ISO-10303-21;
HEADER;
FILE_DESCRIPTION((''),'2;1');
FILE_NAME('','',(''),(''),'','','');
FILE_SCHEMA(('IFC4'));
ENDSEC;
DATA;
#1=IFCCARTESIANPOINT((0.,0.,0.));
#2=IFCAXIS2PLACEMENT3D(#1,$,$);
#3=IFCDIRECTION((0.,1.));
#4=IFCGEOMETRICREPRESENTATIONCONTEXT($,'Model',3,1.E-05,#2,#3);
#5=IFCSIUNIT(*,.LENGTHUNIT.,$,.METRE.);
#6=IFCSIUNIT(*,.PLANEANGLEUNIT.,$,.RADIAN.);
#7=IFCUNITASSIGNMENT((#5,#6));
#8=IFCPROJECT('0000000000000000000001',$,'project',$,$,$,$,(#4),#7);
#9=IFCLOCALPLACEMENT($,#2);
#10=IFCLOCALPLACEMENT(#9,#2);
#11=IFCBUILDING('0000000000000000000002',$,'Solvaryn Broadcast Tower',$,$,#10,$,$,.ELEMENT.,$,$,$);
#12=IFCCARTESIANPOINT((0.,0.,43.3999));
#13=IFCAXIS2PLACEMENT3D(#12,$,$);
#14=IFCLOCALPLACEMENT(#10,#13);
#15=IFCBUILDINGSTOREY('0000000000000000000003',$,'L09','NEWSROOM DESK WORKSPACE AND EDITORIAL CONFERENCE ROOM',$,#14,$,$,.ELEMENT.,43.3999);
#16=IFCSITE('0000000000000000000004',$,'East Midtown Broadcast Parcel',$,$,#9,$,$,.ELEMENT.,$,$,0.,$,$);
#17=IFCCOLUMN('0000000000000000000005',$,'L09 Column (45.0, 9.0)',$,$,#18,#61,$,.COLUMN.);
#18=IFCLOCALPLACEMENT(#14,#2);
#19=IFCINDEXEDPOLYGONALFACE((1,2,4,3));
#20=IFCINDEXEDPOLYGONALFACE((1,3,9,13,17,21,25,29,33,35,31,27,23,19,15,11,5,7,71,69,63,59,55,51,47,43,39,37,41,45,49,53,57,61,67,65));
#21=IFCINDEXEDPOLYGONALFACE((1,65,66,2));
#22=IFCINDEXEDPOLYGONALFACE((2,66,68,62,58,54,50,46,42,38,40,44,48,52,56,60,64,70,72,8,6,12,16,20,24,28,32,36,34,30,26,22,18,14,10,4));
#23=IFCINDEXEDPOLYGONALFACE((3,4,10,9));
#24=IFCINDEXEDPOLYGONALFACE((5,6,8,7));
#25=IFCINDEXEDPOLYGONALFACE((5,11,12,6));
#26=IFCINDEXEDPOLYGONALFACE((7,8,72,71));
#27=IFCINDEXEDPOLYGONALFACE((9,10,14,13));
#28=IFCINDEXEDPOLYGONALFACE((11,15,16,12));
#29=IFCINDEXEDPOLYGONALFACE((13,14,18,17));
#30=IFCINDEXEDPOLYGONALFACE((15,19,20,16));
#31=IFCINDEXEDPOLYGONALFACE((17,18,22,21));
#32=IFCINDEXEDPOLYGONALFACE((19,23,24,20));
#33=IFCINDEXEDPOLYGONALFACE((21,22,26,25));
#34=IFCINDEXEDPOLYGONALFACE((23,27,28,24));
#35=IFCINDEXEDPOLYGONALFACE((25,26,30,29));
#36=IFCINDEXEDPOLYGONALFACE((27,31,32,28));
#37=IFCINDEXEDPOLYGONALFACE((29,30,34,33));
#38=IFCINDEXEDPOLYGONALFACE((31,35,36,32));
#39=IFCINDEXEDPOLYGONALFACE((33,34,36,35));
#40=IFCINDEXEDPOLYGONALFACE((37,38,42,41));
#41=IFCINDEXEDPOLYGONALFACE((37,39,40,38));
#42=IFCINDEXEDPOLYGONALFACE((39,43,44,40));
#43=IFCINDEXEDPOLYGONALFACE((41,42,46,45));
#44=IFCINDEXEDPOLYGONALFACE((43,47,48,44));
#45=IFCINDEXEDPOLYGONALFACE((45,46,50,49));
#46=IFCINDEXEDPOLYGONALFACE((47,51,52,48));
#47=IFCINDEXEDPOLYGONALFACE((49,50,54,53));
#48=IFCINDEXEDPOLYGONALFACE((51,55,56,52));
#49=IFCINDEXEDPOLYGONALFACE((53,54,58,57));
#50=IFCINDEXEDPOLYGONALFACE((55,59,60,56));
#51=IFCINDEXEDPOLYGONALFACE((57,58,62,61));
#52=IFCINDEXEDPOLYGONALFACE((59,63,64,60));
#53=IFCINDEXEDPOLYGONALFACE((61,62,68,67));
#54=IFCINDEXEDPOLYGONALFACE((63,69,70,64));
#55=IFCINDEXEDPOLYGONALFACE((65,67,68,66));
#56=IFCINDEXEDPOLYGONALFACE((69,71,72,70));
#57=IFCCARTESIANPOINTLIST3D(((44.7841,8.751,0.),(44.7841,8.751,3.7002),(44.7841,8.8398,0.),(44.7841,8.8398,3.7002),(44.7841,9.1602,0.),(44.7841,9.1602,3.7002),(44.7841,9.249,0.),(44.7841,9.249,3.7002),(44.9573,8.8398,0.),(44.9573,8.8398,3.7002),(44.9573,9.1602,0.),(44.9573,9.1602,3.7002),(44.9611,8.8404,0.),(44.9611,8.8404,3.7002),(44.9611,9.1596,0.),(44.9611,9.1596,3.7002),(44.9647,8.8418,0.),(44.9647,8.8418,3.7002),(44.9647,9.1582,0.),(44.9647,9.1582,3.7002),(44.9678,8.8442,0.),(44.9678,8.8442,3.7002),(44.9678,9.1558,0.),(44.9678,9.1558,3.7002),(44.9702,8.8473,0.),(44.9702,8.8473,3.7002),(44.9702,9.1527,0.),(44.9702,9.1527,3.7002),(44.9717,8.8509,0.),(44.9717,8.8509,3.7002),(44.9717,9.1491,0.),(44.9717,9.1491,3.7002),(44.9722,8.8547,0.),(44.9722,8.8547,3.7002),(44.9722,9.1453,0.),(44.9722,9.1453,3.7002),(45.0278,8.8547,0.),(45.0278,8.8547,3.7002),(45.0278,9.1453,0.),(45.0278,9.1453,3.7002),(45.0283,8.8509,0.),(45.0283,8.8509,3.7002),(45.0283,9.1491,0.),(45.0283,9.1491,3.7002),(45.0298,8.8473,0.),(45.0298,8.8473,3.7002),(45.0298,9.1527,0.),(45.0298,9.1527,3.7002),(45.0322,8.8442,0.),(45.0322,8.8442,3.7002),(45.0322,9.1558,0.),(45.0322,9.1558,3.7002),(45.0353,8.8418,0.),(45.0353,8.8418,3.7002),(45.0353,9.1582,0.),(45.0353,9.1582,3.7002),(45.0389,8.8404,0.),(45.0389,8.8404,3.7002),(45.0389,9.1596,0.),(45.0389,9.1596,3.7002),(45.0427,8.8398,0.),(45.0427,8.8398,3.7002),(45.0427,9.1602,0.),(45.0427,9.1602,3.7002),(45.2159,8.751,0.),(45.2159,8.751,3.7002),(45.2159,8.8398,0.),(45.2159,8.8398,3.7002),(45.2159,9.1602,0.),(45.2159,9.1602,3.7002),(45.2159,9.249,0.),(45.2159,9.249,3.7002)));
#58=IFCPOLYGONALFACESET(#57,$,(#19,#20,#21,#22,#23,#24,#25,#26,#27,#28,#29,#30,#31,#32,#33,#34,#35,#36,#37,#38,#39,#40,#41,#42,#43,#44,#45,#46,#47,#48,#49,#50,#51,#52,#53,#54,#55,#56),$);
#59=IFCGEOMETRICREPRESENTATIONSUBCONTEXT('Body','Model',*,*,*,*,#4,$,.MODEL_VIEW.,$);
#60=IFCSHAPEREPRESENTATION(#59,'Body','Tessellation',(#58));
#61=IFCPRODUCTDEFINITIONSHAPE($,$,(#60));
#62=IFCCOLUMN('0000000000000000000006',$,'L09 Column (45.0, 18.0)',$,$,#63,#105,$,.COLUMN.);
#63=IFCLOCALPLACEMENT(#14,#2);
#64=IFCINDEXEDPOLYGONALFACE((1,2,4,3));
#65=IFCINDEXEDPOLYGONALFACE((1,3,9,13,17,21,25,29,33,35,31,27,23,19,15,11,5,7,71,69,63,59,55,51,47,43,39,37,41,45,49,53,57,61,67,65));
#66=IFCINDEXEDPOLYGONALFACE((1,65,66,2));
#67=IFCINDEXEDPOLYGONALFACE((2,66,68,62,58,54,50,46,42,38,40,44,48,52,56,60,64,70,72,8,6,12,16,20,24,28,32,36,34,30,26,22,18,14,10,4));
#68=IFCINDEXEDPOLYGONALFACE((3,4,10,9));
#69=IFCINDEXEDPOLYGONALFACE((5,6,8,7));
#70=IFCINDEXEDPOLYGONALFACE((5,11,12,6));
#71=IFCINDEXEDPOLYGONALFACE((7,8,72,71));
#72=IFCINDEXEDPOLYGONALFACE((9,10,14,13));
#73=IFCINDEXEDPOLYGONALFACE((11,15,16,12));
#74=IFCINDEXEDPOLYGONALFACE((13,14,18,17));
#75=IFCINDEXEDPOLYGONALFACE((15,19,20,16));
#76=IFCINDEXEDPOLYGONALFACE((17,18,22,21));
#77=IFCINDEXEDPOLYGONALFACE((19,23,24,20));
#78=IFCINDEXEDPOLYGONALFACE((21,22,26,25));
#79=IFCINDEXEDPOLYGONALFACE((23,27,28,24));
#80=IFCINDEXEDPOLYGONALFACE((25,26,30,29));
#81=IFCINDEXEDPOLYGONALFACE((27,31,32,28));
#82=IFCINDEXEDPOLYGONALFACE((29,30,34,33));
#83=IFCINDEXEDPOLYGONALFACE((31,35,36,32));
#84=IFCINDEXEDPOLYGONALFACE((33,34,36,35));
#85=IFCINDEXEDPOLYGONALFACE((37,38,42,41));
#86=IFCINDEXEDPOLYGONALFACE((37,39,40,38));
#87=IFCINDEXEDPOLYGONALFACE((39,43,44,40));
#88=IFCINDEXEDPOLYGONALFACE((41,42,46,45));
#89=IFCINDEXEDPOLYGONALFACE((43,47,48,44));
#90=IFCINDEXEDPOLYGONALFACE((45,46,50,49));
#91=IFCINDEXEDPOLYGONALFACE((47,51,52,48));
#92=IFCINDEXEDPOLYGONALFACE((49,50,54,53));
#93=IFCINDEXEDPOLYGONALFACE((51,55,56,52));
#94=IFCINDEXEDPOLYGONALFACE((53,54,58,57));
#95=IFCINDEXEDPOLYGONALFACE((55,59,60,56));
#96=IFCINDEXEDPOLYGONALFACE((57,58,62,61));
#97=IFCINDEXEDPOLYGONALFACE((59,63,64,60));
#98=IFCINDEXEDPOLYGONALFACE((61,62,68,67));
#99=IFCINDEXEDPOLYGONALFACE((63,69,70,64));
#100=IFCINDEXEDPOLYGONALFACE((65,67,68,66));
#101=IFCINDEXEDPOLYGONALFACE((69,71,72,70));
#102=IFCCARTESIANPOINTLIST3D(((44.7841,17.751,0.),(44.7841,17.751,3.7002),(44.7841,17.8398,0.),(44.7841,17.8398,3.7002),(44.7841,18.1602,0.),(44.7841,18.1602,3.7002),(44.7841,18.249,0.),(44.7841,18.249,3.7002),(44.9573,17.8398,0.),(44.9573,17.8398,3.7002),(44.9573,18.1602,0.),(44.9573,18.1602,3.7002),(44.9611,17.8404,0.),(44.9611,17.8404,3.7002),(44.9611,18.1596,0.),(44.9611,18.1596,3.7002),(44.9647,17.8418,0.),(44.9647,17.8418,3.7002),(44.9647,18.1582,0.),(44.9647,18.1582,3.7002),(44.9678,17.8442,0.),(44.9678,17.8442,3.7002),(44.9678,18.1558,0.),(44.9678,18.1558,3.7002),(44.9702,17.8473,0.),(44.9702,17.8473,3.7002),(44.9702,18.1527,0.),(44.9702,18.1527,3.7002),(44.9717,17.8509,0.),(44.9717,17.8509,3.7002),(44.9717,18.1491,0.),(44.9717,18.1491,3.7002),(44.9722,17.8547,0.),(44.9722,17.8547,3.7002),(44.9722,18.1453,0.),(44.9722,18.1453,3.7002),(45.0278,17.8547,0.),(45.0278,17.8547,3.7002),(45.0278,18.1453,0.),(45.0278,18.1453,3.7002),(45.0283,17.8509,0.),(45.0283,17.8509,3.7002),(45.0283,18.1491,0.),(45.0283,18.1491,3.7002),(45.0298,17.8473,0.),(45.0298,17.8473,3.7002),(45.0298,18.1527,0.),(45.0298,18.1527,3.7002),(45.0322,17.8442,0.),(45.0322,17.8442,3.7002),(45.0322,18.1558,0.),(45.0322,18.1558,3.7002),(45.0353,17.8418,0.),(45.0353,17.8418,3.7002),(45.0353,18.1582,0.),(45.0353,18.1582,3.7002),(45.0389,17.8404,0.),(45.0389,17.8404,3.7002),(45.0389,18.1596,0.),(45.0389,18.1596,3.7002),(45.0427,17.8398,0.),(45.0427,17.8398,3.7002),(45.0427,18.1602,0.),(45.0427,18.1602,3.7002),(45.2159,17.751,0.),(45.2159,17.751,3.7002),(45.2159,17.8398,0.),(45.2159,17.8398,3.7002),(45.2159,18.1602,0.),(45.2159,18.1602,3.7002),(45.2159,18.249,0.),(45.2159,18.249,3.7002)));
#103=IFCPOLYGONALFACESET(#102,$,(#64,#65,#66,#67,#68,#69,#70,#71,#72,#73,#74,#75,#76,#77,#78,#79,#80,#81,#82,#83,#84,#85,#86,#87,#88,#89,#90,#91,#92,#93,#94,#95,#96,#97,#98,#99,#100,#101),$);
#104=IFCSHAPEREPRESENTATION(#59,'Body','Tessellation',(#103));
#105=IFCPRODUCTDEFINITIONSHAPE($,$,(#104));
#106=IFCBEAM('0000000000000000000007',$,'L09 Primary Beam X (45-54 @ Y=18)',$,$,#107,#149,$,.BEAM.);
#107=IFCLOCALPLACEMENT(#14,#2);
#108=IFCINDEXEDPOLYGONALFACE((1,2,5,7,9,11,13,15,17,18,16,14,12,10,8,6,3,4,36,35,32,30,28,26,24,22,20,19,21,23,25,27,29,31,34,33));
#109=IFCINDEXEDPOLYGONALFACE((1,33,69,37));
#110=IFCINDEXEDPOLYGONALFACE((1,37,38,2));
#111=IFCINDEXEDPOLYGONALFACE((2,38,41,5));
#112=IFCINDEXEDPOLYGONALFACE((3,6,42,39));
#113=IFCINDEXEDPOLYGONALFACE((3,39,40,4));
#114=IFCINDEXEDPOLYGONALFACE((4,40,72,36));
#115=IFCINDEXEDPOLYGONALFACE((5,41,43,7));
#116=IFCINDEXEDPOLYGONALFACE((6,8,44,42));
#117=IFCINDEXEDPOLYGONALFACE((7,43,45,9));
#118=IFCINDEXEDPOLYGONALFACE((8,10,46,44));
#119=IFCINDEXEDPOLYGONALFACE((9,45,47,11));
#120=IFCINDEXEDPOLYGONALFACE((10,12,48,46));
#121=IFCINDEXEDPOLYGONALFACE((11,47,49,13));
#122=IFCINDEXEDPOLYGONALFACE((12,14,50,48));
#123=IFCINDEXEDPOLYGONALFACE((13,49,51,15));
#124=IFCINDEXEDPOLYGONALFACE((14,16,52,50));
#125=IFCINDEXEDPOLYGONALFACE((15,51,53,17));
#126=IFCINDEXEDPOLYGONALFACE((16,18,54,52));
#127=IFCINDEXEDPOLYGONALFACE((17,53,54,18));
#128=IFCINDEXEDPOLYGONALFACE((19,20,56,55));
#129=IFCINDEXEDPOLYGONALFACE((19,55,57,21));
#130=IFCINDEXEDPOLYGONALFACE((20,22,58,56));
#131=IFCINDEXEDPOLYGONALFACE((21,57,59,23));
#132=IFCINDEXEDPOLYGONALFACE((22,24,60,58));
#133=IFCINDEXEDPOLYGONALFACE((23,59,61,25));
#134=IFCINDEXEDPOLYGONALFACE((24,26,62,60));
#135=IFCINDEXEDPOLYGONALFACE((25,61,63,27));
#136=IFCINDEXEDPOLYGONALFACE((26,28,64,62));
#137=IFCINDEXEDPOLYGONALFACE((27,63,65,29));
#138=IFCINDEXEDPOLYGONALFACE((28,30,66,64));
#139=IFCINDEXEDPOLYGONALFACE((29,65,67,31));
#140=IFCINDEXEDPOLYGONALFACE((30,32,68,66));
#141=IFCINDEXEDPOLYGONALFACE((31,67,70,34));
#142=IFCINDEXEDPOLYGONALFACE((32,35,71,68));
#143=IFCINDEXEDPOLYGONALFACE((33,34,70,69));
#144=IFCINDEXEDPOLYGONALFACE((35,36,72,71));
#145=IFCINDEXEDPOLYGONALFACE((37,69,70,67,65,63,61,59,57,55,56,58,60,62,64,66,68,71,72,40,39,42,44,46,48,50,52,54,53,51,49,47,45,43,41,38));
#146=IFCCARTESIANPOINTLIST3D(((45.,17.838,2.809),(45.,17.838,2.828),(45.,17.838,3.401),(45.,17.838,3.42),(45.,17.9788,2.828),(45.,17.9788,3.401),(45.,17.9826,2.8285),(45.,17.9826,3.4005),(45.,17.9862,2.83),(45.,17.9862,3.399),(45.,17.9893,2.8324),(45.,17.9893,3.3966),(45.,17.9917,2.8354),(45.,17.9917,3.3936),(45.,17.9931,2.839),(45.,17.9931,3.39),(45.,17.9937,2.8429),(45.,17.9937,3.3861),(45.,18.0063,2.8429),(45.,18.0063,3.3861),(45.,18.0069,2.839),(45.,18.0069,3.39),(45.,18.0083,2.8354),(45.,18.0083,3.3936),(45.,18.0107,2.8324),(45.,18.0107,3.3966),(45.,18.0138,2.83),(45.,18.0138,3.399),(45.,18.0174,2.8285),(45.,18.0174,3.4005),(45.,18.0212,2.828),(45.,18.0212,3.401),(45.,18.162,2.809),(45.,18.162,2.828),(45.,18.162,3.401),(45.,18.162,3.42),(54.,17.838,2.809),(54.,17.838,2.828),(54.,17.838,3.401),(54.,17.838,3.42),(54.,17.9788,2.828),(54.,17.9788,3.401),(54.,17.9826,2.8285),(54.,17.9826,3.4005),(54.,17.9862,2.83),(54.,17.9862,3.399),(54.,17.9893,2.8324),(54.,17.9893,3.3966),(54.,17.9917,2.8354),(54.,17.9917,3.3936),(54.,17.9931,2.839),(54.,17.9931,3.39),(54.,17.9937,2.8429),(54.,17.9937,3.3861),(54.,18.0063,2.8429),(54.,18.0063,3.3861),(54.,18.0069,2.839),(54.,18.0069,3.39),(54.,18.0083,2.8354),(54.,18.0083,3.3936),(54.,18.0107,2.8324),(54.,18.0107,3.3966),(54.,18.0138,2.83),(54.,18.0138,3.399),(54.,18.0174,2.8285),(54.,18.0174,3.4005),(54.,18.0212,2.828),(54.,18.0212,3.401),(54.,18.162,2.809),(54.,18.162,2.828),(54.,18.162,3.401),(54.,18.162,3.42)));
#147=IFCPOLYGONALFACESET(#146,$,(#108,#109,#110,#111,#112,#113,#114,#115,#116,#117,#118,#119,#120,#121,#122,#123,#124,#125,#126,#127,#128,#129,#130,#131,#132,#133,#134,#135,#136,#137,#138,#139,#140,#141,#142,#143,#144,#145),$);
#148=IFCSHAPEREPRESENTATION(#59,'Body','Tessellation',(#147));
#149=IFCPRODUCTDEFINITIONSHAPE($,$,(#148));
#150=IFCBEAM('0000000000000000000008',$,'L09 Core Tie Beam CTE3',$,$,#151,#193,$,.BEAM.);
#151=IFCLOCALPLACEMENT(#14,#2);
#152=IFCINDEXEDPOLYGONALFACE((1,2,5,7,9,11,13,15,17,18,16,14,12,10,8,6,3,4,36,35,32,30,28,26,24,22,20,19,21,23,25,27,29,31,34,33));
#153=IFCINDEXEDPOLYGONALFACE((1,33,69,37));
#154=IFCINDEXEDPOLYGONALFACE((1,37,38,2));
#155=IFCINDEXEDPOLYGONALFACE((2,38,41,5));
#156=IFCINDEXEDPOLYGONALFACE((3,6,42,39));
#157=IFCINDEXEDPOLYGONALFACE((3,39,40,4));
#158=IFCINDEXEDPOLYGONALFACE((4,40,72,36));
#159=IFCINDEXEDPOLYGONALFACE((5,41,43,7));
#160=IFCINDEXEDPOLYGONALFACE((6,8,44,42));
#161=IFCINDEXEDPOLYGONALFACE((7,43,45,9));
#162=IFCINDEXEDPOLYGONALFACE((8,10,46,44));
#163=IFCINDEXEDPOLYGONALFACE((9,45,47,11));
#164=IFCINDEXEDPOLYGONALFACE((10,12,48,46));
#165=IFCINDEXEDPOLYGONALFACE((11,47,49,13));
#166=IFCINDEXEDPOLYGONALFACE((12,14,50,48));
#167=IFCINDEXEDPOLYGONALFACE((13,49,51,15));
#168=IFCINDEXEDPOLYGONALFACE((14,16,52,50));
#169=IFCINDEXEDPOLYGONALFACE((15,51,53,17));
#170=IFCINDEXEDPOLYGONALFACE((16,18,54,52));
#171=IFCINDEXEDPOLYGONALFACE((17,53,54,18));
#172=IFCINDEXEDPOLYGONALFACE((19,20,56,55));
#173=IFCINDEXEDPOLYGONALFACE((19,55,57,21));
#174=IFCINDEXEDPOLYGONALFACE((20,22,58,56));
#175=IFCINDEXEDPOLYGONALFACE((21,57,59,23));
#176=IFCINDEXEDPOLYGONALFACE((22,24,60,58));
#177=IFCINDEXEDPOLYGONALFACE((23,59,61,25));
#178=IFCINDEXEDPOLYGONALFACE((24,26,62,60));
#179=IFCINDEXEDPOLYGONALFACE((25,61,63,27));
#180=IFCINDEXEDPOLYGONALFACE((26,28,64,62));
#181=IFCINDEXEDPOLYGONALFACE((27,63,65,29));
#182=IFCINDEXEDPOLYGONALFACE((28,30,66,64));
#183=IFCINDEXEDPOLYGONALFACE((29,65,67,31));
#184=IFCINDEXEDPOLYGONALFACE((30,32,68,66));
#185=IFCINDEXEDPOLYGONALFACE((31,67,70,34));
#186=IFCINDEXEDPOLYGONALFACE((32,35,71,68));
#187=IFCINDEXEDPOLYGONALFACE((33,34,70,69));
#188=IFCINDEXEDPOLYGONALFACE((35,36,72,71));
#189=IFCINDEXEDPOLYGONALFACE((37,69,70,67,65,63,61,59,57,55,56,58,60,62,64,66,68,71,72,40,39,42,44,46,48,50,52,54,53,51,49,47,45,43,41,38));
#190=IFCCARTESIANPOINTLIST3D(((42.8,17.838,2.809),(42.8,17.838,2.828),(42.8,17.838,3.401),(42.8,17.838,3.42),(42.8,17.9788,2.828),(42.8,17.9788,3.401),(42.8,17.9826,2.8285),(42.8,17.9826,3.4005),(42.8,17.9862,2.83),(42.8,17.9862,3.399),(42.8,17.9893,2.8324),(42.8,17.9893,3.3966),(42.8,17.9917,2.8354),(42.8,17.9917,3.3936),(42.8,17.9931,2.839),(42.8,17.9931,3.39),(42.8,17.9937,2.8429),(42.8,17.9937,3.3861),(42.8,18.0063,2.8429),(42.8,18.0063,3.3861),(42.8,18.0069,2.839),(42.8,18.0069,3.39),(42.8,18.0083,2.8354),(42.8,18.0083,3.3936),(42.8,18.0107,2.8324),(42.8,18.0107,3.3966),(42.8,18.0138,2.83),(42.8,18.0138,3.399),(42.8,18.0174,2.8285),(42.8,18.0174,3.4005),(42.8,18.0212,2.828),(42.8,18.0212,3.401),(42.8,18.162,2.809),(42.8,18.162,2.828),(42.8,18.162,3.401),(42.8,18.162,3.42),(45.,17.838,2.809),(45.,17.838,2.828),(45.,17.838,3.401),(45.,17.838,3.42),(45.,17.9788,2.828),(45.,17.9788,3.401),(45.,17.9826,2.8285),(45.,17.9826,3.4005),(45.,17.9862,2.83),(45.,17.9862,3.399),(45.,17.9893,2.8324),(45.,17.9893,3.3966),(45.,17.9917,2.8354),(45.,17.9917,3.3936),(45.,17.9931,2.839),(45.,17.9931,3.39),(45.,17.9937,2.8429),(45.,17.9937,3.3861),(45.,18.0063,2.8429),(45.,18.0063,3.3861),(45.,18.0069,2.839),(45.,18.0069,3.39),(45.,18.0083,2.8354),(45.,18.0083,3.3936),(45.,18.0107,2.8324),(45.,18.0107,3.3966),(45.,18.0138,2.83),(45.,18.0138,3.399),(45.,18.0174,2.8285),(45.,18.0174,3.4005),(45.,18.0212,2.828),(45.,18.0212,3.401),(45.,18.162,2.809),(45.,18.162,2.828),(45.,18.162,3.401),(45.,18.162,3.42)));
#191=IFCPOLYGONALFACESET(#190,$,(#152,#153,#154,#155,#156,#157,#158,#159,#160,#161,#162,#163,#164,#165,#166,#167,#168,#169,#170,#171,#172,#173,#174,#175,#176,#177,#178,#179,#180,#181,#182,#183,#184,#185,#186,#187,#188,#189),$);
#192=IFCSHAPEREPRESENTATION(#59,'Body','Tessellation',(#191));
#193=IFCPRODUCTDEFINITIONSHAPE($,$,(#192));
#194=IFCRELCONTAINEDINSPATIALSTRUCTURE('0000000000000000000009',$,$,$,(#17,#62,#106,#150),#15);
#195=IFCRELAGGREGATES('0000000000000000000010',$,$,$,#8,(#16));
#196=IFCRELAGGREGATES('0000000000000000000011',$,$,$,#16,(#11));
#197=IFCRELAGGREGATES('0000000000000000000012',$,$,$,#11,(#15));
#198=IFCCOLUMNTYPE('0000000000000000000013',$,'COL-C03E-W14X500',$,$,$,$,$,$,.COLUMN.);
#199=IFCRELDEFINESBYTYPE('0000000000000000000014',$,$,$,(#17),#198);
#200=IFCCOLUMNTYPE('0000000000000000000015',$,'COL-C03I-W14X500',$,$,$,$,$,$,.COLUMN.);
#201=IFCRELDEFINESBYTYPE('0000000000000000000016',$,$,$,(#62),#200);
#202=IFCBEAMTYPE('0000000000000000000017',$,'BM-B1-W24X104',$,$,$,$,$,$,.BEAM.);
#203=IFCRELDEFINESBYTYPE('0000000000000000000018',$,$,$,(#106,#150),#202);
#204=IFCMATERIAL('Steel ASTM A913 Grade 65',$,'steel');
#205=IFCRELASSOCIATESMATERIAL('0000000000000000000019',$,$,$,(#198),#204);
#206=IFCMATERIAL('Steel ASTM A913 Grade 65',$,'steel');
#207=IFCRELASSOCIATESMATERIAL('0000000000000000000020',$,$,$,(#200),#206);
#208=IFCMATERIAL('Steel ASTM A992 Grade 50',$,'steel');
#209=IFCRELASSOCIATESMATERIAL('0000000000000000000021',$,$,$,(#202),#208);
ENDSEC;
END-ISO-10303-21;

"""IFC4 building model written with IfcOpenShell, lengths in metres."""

from ifc_helpers import new_model, si_unit, direction, frame, origin, origin_2d, place, context, subcontext, project, spatial, i_section, extrude, material, material_profile, profile_set, type_object, element, save


model = new_model("IFC4")

# Units and contexts
model_context = context("Model", 3, precision=1e-05, world=origin(), true_north=direction((0.0, 1.0)))
body_context = subcontext(model_context, "Body", "Model", "MODEL_VIEW")
ifc_project = project(units=[si_unit("LENGTHUNIT", "METRE"), si_unit("PLANEANGLEUNIT", "RADIAN")], contexts=[model_context])

# Site, building, storey
site_placement = place(None, origin())
site = spatial("IfcSite", under=ifc_project, at=site_placement, Name="East Midtown Broadcast Parcel", CompositionType="ELEMENT", RefElevation=0.0)
building_placement = place(site_placement, origin())
building = spatial("IfcBuilding", under=site, at=building_placement, Name="Solvaryn Broadcast Tower", CompositionType="ELEMENT")
storey_placement = place(building_placement, frame((0.0, 0.0, 43.3999)))
storey = spatial("IfcBuildingStorey", under=building, at=storey_placement, Name="L09", Description="NEWSROOM DESK WORKSPACE AND EDITORIAL CONFERENCE ROOM", CompositionType="ELEMENT", Elevation=43.3999)

# Columns
ifc_material_1 = material(Name="Steel ASTM A913 Grade 65", Category="steel")
ifc_material_profile_1 = material_profile(ifc_material_1, i_section(OverallWidth=0.4319, OverallDepth=0.498, WebThickness=0.0557, FlangeThickness=0.0889, FilletRadius=0.0149, at=origin_2d()))
ifc_profile_set_1 = profile_set([ifc_material_profile_1], Name="Steel ASTM A913 Grade 65")
column_type_1 = type_object("IfcColumnType", Name="COL-C03E-W14X500", PredefinedType="COLUMN", material=ifc_profile_set_1)
column_1_placement = place(storey_placement, frame((45.0, 9.0, 0.0), z_axis=(0.0, 0.0, 1.0), x_axis=(1.0, 0.0, 0.0)))
element("IfcColumn", 1, at=column_1_placement, inside=storey, type_object=column_type_1, Name="L09 Column (45.0, 9.0)", PredefinedType="COLUMN", context=body_context, shape_type="SweptSolid", body=[
    extrude(i_section(OverallWidth=0.4319, OverallDepth=0.498, WebThickness=0.0557, FlangeThickness=0.0889, FilletRadius=0.0149, at=origin_2d()), origin(), (0.0, 0.0, 1.0), 3.7002),
])
ifc_material_2 = material(Name="Steel ASTM A913 Grade 65", Category="steel")
ifc_material_profile_2 = material_profile(ifc_material_2, i_section(OverallWidth=0.4319, OverallDepth=0.498, WebThickness=0.0557, FlangeThickness=0.0889, FilletRadius=0.0149, at=origin_2d()))
ifc_profile_set_2 = profile_set([ifc_material_profile_2], Name="Steel ASTM A913 Grade 65")
column_type_2 = type_object("IfcColumnType", Name="COL-C03I-W14X500", PredefinedType="COLUMN", material=ifc_profile_set_2)
column_2_placement = place(storey_placement, frame((45.0, 18.0, 0.0), z_axis=(0.0, 0.0, 1.0), x_axis=(1.0, 0.0, 0.0)))
element("IfcColumn", 2, at=column_2_placement, inside=storey, type_object=column_type_2, Name="L09 Column (45.0, 18.0)", PredefinedType="COLUMN", context=body_context, shape_type="SweptSolid", body=[
    extrude(i_section(OverallWidth=0.4319, OverallDepth=0.498, WebThickness=0.0557, FlangeThickness=0.0889, FilletRadius=0.0149, at=origin_2d()), origin(), (0.0, 0.0, 1.0), 3.7002),
])

# Beams
ifc_material_3 = material(Name="Steel ASTM A992 Grade 50", Category="steel")
ifc_material_profile_3 = material_profile(ifc_material_3, i_section(OverallWidth=0.324, OverallDepth=0.6111, WebThickness=0.0127, FlangeThickness=0.019, FilletRadius=0.0149, at=origin_2d()))
ifc_profile_set_3 = profile_set([ifc_material_profile_3], Name="Steel ASTM A992 Grade 50")
beam_type_1 = type_object("IfcBeamType", Name="BM-B1-W24X104", PredefinedType="BEAM", material=ifc_profile_set_3)
beam_1_placement = place(storey_placement, frame((45.0, 18.0, 3.1145), z_axis=(1.0, 0.0, 0.0), x_axis=(0.0, 1.0, 0.0)))
element("IfcBeam", 3, at=beam_1_placement, inside=storey, type_object=beam_type_1, Name="L09 Primary Beam X (45-54 @ Y=18)", PredefinedType="BEAM", context=body_context, shape_type="SweptSolid", body=[
    extrude(i_section(OverallWidth=0.324, OverallDepth=0.6111, WebThickness=0.0127, FlangeThickness=0.019, FilletRadius=0.0149, at=origin_2d()), origin(), (0.0, 0.0, 1.0), 9.0),
])
beam_2_placement = place(storey_placement, frame((42.8, 18.0, 3.1145), z_axis=(1.0, 0.0, 0.0), x_axis=(0.0, 1.0, 0.0)))
element("IfcBeam", 4, at=beam_2_placement, inside=storey, type_object=beam_type_1, Name="L09 Core Tie Beam CTE3", PredefinedType="BEAM", context=body_context, shape_type="SweptSolid", body=[
    extrude(i_section(OverallWidth=0.324, OverallDepth=0.6111, WebThickness=0.0127, FlangeThickness=0.019, FilletRadius=0.0149, at=origin_2d()), origin(), (0.0, 0.0, 1.0), 2.2),
])

save(model, "model.ifc")
